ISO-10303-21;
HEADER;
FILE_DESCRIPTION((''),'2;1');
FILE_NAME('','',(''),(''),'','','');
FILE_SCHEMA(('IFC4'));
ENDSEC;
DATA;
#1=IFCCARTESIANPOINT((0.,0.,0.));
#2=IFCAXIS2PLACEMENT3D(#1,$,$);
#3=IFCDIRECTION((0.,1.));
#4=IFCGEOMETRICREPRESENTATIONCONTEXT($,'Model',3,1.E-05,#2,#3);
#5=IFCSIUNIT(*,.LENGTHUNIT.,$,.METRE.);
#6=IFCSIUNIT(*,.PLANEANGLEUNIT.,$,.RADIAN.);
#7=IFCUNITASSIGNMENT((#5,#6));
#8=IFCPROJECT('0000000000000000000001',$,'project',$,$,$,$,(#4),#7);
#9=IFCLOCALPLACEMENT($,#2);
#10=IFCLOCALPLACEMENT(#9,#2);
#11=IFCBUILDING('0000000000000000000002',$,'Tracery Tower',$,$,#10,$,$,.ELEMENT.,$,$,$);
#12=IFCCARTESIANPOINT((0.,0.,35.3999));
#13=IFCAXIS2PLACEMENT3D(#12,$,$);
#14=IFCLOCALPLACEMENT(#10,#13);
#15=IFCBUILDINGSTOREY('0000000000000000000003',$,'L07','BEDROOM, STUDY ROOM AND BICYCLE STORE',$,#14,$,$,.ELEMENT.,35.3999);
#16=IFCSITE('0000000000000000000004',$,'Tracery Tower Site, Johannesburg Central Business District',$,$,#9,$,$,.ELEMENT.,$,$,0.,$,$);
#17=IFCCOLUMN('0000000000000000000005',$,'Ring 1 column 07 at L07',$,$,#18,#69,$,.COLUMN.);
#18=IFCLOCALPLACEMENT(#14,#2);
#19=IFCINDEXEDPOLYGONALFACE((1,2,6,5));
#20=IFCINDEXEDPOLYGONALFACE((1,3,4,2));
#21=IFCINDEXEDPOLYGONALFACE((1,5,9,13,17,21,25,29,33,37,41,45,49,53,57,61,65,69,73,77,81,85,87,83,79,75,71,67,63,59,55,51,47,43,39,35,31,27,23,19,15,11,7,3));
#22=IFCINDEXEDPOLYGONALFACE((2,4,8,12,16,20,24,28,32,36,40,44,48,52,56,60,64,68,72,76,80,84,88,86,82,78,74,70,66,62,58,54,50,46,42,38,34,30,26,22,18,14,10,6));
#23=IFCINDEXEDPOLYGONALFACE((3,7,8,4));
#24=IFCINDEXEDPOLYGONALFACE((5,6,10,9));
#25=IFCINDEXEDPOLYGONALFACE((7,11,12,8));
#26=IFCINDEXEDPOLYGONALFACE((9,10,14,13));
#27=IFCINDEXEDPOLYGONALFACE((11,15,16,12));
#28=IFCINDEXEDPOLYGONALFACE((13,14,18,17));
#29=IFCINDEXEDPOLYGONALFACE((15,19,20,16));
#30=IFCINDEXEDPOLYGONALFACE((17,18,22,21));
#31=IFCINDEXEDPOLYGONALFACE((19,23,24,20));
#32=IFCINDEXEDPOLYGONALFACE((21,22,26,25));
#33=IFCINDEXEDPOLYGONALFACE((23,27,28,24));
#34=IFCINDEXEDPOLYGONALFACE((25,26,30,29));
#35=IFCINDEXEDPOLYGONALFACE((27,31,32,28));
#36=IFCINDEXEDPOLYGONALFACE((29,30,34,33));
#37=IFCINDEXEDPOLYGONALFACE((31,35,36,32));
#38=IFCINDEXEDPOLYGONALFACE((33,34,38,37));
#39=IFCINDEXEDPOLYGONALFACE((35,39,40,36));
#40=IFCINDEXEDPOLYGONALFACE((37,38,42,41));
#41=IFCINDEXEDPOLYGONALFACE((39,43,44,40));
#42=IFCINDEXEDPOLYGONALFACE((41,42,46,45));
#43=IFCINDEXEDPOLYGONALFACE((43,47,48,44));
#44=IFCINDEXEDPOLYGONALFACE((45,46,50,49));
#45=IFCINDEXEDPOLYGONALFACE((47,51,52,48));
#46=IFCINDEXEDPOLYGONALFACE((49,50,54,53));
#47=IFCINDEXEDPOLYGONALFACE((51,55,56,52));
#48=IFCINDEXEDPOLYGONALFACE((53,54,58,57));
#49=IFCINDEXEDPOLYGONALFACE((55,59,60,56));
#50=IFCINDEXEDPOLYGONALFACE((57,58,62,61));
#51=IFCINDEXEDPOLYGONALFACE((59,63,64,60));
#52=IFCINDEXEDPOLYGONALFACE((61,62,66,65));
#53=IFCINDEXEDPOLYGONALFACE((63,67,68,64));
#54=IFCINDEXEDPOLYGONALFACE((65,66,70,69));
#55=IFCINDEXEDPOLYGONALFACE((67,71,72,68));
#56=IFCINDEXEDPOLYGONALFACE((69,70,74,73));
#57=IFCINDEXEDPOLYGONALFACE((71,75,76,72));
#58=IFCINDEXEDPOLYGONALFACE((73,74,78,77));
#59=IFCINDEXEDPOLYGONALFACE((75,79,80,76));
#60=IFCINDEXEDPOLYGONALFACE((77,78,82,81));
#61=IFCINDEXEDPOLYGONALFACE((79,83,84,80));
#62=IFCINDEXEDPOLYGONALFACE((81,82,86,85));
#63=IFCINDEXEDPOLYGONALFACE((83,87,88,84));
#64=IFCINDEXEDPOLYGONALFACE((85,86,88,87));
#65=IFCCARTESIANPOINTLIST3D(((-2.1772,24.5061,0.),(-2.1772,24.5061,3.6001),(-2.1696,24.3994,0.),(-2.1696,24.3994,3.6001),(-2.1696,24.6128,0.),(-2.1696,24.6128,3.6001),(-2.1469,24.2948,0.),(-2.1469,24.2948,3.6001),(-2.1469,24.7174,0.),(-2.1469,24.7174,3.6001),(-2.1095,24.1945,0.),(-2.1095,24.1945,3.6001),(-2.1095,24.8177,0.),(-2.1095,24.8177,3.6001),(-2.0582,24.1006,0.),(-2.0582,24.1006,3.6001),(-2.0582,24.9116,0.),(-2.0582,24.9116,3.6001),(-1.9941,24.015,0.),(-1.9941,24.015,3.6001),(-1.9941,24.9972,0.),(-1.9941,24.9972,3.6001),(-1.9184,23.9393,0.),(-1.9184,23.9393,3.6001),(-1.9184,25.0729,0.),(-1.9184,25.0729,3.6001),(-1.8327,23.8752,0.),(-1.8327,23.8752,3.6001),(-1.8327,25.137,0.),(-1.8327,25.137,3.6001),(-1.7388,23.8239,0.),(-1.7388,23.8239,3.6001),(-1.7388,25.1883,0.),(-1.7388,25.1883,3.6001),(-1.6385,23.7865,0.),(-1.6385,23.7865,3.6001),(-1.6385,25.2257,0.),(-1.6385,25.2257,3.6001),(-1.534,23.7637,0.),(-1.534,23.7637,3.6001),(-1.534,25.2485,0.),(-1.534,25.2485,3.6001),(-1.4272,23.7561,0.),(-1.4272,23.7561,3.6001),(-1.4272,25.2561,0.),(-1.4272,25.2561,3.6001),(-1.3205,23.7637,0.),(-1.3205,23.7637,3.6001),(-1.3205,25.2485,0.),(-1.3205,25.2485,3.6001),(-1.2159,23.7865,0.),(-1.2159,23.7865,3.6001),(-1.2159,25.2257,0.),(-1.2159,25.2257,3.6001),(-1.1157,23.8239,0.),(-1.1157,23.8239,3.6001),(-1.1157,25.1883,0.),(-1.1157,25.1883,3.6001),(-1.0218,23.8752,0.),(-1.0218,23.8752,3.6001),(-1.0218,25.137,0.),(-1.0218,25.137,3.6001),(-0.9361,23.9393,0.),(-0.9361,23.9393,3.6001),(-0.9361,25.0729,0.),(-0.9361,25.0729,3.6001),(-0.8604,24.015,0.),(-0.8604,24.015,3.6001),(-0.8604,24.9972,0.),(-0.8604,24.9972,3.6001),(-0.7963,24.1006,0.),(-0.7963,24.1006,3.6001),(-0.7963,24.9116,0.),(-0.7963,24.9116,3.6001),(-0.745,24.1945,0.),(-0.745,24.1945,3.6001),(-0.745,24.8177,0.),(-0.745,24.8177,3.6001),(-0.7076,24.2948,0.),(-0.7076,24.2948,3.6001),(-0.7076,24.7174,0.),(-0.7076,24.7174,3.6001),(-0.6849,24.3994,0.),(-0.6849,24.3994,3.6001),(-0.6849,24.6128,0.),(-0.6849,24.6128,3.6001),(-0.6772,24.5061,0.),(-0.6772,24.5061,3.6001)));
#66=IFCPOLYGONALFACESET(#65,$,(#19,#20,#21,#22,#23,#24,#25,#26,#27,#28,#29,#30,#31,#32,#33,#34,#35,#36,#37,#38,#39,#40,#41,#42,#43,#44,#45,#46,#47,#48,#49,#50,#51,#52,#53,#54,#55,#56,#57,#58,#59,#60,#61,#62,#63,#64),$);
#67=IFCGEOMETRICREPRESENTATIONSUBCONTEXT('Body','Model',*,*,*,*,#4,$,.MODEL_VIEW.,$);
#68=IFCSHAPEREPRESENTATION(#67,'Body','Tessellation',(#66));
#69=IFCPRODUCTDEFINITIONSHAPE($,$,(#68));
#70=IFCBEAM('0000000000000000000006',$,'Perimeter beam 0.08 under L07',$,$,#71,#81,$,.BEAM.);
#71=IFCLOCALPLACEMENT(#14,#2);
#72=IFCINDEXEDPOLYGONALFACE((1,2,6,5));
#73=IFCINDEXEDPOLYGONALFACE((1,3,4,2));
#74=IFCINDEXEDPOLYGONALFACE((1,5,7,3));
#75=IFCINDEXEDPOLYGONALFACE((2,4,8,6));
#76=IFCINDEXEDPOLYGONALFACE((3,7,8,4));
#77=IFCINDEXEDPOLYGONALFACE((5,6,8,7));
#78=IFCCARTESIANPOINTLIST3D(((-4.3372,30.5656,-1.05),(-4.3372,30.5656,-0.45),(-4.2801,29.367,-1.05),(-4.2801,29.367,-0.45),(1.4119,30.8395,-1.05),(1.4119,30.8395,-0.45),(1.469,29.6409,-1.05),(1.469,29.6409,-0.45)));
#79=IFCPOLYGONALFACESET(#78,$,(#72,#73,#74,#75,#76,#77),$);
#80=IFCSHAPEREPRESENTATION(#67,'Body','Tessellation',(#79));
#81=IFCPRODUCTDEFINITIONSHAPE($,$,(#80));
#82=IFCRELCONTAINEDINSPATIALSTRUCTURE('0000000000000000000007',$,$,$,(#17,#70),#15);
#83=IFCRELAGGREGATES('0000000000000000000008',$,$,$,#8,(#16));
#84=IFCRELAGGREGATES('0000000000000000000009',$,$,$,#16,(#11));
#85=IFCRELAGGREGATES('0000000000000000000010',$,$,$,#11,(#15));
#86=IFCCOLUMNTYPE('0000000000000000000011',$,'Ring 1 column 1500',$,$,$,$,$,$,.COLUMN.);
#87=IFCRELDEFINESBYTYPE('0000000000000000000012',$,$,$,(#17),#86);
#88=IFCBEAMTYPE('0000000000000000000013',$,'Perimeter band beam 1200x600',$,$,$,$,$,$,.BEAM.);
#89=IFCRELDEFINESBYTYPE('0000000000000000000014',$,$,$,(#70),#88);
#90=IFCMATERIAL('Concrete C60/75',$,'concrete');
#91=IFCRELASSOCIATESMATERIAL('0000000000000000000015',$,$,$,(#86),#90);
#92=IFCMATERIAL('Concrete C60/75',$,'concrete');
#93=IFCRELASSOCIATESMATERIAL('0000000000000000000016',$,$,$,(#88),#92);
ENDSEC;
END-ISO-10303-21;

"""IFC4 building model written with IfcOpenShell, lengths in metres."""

from ifc_helpers import new_model, si_unit, direction, frame, origin, origin_2d, place, context, subcontext, project, spatial, rectangle, circle, extrude, material, material_profile, profile_set, type_object, element, save


model = new_model("IFC4")

# Units and contexts
model_context = context("Model", 3, precision=1e-05, world=origin(), true_north=direction((0.0, 1.0)))
body_context = subcontext(model_context, "Body", "Model", "MODEL_VIEW")
ifc_project = project(units=[si_unit("LENGTHUNIT", "METRE"), si_unit("PLANEANGLEUNIT", "RADIAN")], contexts=[model_context])

# Site, building, storey
site_placement = place(None, origin())
site = spatial("IfcSite", under=ifc_project, at=site_placement, Name="Tracery Tower Site, Johannesburg Central Business District", CompositionType="ELEMENT", RefElevation=0.0)
building_placement = place(site_placement, origin())
building = spatial("IfcBuilding", under=site, at=building_placement, Name="Tracery Tower", CompositionType="ELEMENT")
storey_placement = place(building_placement, frame((0.0, 0.0, 35.3999)))
storey = spatial("IfcBuildingStorey", under=building, at=storey_placement, Name="L07", Description="BEDROOM, STUDY ROOM AND BICYCLE STORE", CompositionType="ELEMENT", Elevation=35.3999)

# Column
ifc_material_1 = material(Name="Concrete C60/75", Category="concrete")
ifc_material_profile_1 = material_profile(ifc_material_1, circle(Radius=0.75, at=origin_2d()), Name="RC D1500")
ifc_profile_set_1 = profile_set([ifc_material_profile_1], Name="Concrete C60/75")
column_type_1 = type_object("IfcColumnType", Name="Ring 1 column 1500", PredefinedType="COLUMN", material=ifc_profile_set_1)
for number, where, z_axis, x_axis, name in (
    (1, (-1.4272, 24.5061, 0.0), (0.0, 0.0, 1.0), (1.0, 0.0, 0.0), "Ring 1 column 07 at L07"),
):
    element("IfcColumn", number, at=place(storey_placement, frame(where, z_axis=z_axis, x_axis=x_axis)), inside=storey, type_object=column_type_1, Name=name, PredefinedType="COLUMN", context=body_context, shape_type="SweptSolid", body=[
        extrude(circle(Radius=0.75, at=origin_2d()), origin(), (0.0, 0.0, 1.0), 3.6001),
    ])

# Beam
ifc_material_2 = material(Name="Concrete C60/75", Category="concrete")
ifc_material_profile_2 = material_profile(ifc_material_2, rectangle(XDim=1.2, YDim=0.6001, at=origin_2d()), Name="RC 1200x600")
ifc_profile_set_2 = profile_set([ifc_material_profile_2], Name="Concrete C60/75")
beam_type = type_object("IfcBeamType", Name="Perimeter band beam 1200x600", PredefinedType="BEAM", material=ifc_profile_set_2)
beam_placement = place(storey_placement, frame((1.4404, 30.2402, -0.75), z_axis=(-0.998867, -0.047593, 0.0), x_axis=(0.047593, -0.998867, 0.0)))
element("IfcBeam", 2, at=beam_placement, inside=storey, type_object=beam_type, Name="Perimeter beam 0.08 under L07", PredefinedType="BEAM", context=body_context, shape_type="SweptSolid", body=[
    extrude(rectangle(XDim=1.2, YDim=0.6001, at=origin_2d()), origin(), (0.0, 0.0, 1.0), 5.7556),
])

save(model, "model.ifc")
